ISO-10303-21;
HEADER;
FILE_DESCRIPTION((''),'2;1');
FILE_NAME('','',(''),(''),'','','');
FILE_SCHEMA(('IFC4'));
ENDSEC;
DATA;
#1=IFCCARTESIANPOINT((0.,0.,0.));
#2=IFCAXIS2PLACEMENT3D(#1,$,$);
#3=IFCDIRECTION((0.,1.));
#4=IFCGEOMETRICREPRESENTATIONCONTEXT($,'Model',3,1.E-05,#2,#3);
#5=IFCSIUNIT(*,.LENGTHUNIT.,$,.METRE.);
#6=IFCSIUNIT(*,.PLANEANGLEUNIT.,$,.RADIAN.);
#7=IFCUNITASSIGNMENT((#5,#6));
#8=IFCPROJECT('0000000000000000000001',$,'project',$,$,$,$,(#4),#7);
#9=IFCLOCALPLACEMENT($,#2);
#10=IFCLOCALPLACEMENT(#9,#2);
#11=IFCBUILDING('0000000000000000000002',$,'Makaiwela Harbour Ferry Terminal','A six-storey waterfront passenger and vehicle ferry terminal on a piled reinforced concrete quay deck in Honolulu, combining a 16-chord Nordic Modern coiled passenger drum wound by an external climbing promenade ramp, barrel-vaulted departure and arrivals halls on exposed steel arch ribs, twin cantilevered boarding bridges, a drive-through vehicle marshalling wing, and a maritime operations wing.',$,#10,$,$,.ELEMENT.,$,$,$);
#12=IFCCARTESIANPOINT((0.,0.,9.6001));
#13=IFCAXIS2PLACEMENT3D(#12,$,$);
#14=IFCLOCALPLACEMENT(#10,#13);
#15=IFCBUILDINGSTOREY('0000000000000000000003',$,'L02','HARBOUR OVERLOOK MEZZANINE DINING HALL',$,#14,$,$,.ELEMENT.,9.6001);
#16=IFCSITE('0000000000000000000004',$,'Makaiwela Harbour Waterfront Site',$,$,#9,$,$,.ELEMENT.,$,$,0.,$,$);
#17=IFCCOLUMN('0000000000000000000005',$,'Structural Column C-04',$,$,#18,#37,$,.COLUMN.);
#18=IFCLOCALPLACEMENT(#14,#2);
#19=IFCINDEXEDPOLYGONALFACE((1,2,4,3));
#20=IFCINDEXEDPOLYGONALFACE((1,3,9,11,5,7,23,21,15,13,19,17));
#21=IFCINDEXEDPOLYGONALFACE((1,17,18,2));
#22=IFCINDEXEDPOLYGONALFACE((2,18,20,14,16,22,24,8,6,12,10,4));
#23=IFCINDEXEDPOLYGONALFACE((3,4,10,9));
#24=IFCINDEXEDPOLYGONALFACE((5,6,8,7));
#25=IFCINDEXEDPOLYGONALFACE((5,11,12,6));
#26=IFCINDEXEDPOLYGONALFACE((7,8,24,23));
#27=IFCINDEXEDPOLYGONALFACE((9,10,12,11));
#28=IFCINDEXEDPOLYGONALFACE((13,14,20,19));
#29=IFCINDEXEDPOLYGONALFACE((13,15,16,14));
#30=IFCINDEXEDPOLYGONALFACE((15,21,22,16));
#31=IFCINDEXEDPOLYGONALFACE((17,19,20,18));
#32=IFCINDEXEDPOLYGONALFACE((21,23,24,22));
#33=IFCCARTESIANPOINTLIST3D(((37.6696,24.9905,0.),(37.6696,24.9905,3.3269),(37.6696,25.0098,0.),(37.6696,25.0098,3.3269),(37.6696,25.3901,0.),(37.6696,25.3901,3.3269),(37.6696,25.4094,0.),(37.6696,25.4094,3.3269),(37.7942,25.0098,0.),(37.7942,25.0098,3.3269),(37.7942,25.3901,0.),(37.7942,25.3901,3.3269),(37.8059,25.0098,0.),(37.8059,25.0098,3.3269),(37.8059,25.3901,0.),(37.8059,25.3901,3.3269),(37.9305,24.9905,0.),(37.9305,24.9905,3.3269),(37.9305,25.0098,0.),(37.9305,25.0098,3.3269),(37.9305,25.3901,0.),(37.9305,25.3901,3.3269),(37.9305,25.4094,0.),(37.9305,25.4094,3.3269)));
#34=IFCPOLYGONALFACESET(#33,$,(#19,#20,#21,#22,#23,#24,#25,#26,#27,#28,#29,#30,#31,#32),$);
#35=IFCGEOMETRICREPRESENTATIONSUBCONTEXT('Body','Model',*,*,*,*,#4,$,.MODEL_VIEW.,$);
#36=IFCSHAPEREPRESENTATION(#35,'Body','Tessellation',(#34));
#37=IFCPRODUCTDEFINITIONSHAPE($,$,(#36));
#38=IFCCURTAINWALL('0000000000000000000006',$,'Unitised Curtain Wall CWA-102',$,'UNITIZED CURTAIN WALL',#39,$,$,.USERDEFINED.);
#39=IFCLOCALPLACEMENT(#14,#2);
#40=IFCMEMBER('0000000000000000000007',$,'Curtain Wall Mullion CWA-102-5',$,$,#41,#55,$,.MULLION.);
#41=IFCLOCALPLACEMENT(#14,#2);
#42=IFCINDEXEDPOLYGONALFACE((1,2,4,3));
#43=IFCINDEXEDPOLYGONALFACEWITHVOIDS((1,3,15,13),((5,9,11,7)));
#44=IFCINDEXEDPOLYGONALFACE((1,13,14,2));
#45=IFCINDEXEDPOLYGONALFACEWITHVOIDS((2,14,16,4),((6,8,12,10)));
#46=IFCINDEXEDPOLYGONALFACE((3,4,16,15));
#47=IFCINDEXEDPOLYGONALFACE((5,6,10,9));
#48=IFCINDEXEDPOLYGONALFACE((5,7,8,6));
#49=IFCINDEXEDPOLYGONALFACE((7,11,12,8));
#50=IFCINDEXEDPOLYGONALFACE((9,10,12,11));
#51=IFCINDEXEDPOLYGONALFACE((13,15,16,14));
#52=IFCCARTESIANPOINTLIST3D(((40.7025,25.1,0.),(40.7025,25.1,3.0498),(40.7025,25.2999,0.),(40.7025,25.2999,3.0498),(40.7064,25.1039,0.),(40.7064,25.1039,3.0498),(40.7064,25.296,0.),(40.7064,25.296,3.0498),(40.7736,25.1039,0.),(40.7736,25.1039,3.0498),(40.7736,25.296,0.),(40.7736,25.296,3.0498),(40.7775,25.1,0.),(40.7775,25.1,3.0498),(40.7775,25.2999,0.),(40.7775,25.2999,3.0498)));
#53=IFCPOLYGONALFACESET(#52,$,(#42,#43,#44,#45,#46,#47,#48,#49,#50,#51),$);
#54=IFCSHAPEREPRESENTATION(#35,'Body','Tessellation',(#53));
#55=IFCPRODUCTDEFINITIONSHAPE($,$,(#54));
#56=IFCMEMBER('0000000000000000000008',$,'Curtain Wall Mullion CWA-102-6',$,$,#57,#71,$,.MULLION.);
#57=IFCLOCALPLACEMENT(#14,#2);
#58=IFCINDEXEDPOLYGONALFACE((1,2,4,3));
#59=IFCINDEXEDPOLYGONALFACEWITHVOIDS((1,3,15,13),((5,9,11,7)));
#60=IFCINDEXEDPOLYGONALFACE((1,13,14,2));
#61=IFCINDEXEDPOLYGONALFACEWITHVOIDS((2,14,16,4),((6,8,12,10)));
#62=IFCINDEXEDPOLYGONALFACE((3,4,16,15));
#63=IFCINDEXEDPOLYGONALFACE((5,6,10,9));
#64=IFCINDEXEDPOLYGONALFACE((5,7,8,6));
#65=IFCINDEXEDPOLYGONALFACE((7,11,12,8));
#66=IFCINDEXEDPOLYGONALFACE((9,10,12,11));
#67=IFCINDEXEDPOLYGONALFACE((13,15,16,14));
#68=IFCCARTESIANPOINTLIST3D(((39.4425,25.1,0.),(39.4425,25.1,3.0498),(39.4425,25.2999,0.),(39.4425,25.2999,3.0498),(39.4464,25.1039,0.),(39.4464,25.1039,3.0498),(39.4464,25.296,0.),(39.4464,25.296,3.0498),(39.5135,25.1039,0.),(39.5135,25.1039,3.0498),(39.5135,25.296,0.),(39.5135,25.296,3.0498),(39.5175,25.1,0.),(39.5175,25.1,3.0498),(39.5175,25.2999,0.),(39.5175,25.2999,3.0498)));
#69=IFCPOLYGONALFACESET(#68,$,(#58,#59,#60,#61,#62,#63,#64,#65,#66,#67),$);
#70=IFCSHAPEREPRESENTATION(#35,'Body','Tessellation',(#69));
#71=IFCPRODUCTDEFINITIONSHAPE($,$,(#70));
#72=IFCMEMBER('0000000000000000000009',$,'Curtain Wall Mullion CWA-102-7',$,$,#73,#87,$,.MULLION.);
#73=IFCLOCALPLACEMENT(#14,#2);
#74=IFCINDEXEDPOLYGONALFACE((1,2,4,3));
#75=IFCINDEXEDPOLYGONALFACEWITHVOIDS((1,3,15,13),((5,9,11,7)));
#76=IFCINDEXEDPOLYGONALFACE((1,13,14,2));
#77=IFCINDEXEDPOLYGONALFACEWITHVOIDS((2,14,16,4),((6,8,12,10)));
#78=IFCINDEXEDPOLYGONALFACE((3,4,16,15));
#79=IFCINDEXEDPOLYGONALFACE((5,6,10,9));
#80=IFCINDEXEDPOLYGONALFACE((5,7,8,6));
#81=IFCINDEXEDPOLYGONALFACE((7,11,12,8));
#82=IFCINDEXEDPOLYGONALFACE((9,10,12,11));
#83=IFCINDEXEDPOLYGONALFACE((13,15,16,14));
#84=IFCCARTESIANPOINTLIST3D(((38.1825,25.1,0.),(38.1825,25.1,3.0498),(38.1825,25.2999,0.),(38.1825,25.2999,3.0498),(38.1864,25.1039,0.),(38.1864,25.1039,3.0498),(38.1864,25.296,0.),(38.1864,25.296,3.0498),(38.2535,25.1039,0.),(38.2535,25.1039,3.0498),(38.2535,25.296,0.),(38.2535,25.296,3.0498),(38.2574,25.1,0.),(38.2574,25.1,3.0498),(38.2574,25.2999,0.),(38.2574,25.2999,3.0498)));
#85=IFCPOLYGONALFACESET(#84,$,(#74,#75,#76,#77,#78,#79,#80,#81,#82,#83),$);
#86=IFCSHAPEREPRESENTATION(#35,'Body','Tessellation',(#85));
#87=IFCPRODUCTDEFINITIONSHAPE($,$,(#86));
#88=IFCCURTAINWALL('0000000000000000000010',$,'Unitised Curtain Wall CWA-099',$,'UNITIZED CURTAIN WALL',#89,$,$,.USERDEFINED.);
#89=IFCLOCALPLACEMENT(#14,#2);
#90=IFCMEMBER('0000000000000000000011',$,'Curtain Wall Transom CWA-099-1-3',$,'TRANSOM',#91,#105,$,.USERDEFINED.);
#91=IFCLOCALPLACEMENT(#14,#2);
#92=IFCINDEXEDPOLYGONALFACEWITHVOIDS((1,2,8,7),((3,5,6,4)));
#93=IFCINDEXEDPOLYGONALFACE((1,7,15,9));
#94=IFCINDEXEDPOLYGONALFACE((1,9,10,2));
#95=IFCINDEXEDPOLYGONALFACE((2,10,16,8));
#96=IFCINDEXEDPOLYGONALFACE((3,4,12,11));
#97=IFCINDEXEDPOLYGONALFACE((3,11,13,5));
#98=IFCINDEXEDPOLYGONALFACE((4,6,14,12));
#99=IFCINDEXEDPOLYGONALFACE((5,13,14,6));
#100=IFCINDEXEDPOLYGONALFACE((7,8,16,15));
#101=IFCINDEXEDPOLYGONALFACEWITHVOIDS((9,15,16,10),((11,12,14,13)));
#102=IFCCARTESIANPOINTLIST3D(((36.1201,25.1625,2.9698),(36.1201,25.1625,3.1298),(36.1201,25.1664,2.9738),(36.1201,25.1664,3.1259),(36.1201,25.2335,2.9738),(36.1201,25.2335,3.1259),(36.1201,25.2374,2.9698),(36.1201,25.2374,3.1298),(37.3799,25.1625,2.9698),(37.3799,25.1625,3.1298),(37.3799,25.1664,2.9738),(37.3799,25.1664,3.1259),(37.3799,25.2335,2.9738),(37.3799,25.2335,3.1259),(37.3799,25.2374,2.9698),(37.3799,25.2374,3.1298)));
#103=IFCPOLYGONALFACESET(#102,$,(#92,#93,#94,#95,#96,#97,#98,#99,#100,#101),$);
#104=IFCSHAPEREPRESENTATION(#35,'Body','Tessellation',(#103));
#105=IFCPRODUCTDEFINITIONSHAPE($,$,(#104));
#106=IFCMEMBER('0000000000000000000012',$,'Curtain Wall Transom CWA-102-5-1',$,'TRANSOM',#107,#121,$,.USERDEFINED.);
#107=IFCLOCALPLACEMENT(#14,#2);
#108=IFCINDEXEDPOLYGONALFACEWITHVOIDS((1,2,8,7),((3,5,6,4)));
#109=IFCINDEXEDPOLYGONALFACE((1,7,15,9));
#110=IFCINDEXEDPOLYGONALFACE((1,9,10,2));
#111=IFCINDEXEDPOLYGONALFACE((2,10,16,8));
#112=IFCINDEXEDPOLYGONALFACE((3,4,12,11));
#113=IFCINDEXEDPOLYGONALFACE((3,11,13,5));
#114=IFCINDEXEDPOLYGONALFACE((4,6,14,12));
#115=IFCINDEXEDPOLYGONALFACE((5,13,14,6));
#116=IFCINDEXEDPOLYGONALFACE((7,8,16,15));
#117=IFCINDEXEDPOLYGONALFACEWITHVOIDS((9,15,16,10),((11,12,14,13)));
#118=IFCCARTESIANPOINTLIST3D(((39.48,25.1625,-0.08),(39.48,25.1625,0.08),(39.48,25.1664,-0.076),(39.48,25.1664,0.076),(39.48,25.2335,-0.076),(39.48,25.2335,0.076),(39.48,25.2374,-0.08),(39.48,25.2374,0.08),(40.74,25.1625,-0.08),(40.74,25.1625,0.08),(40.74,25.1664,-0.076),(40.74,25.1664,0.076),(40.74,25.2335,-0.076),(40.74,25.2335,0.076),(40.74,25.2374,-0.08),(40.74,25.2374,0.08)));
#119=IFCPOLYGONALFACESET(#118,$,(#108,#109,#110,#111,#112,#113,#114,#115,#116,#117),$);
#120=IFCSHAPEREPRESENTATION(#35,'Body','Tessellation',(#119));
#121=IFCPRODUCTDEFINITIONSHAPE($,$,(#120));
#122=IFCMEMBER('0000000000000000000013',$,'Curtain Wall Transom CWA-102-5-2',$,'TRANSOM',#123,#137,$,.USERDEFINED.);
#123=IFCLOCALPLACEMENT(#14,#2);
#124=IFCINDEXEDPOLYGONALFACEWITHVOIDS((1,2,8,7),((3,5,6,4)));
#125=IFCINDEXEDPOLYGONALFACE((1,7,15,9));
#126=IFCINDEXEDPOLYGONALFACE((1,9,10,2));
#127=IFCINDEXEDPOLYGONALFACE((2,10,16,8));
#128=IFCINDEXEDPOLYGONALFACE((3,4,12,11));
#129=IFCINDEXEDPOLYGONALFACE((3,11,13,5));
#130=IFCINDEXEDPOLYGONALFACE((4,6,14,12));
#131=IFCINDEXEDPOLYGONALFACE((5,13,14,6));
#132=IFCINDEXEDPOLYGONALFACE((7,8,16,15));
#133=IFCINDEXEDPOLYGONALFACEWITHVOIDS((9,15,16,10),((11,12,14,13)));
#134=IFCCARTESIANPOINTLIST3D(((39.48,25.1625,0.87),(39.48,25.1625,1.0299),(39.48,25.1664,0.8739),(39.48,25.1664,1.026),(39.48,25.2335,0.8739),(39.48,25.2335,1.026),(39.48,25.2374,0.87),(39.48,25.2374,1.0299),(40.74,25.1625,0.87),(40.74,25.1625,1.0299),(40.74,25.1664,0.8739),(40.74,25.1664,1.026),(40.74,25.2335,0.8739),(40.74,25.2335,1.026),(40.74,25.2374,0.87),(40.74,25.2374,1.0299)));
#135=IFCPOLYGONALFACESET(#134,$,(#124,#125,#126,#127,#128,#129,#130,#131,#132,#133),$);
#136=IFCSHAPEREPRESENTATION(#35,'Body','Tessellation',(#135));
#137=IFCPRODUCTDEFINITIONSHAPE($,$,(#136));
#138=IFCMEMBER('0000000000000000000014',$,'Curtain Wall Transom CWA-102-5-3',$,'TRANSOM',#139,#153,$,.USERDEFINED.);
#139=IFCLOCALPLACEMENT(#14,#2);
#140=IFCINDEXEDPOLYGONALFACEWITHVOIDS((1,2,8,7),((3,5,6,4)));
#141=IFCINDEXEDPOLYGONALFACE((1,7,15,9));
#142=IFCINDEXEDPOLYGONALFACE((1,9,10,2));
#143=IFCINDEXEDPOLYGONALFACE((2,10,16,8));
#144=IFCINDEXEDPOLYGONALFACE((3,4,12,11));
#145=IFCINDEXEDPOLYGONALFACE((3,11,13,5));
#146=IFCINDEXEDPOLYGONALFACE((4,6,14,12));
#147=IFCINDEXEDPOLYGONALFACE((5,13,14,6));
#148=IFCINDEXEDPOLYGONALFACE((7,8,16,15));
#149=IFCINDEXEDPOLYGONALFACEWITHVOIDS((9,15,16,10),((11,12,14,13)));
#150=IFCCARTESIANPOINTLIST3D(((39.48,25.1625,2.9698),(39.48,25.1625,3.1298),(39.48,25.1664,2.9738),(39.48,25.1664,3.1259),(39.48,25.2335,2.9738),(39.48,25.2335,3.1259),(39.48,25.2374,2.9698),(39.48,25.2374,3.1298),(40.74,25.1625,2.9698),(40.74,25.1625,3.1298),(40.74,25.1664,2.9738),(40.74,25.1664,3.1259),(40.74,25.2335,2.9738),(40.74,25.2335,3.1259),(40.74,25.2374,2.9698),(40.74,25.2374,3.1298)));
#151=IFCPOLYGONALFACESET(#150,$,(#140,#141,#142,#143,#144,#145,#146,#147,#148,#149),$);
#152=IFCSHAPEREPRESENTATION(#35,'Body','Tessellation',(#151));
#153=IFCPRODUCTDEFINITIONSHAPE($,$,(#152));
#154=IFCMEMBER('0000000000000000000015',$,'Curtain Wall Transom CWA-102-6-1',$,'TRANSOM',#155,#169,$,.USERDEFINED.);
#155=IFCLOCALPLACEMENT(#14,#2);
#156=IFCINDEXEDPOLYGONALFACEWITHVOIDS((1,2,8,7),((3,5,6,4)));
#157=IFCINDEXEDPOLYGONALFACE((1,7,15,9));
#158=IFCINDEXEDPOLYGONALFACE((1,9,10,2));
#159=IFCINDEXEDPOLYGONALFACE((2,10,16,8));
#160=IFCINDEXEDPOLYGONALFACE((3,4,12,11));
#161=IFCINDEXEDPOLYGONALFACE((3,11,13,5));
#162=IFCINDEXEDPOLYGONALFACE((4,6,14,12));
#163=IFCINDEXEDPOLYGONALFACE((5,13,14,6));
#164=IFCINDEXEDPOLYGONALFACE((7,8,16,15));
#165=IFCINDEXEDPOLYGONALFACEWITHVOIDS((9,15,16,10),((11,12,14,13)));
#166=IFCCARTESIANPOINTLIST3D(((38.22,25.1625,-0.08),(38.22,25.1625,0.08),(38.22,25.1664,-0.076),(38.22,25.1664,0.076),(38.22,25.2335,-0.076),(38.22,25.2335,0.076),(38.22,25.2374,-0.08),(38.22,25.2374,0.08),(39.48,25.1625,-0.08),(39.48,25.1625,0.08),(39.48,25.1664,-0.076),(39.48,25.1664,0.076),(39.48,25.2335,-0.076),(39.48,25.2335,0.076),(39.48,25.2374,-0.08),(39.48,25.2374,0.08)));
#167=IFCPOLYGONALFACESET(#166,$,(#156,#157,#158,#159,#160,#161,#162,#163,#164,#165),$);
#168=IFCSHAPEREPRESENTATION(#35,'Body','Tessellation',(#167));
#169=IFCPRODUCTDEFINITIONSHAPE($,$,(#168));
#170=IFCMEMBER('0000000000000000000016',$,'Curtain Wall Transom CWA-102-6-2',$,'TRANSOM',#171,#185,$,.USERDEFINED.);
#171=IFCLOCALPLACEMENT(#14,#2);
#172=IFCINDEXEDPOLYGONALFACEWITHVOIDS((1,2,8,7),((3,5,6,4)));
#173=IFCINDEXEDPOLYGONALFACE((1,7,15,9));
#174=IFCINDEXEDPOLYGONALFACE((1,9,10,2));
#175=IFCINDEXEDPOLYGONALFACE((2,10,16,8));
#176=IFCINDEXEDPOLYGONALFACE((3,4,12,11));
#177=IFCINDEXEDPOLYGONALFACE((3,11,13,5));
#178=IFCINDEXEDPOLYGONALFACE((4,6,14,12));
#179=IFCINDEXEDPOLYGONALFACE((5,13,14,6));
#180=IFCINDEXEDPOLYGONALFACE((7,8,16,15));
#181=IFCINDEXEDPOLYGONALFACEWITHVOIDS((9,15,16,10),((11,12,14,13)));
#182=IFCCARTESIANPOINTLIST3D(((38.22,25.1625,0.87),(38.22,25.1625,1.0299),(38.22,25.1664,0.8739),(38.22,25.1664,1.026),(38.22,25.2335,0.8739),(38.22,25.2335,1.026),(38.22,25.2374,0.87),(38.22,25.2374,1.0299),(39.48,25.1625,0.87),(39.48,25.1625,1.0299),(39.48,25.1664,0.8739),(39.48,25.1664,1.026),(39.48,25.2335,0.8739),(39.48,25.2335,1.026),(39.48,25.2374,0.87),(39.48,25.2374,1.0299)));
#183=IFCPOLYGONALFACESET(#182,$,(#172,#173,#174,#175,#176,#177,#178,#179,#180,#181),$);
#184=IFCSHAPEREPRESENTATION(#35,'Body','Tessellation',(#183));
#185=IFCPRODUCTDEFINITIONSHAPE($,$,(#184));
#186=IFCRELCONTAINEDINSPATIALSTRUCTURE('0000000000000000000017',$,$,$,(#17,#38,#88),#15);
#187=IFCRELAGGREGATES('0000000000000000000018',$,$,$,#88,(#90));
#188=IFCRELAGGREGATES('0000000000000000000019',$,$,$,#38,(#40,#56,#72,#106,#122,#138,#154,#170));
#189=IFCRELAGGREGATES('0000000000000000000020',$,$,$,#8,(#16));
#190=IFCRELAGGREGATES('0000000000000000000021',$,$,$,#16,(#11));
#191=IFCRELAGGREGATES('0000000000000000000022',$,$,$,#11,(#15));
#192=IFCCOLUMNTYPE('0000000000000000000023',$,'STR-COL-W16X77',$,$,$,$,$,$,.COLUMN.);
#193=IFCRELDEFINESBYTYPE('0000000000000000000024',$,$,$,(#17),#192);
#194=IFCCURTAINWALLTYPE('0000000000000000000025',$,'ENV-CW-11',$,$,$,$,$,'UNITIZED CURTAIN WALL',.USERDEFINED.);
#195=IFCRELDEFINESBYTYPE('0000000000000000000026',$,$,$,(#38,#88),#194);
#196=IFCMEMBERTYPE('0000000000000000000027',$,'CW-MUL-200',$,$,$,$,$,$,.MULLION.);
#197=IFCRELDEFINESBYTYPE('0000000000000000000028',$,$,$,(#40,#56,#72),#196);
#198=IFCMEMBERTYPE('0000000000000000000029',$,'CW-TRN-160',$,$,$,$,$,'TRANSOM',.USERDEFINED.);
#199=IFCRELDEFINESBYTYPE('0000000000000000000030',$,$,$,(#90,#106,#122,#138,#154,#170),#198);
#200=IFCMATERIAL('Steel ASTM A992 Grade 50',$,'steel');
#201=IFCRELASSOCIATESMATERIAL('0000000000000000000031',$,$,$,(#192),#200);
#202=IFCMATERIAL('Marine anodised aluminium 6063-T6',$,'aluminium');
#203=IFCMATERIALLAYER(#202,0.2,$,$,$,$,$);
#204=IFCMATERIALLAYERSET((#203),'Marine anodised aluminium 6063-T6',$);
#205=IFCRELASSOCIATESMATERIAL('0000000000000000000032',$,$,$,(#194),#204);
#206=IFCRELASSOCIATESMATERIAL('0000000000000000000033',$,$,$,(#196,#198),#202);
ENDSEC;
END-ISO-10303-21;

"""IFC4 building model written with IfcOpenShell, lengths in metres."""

from ifc_helpers import new_model, si_unit, direction, frame, origin, origin_2d, place, context, subcontext, project, spatial, hollow_rectangle, i_section, extrude, material, layer, layer_set, material_profile, profile_set, type_object, element, aggregate, save


model = new_model("IFC4")

# Units and contexts
model_context = context("Model", 3, precision=1e-05, world=origin(), true_north=direction((0.0, 1.0)))
body_context = subcontext(model_context, "Body", "Model", "MODEL_VIEW")
ifc_project = project(units=[si_unit("LENGTHUNIT", "METRE"), si_unit("PLANEANGLEUNIT", "RADIAN")], contexts=[model_context])

# Site, building, storey
site_placement = place(None, origin())
site = spatial("IfcSite", under=ifc_project, at=site_placement, Name="Makaiwela Harbour Waterfront Site", CompositionType="ELEMENT", RefElevation=0.0)
building_placement = place(site_placement, origin())
building = spatial("IfcBuilding", under=site, at=building_placement, Name="Makaiwela Harbour Ferry Terminal", Description="A six-storey waterfront passenger and vehicle ferry terminal on a piled reinforced concrete quay deck in Honolulu, combining a 16-chord Nordic Modern coiled passenger drum wound by an external climbing promenade ramp, barrel-vaulted departure and arrivals halls on exposed steel arch ribs, twin cantilevered boarding bridges, a drive-through vehicle marshalling wing, and a maritime operations wing.", CompositionType="ELEMENT")
storey_placement = place(building_placement, frame((0.0, 0.0, 9.6001)))
storey = spatial("IfcBuildingStorey", under=building, at=storey_placement, Name="L02", Description="HARBOUR OVERLOOK MEZZANINE DINING HALL", CompositionType="ELEMENT", Elevation=9.6001)

# Column
ifc_material_1 = material(Name="Steel ASTM A992 Grade 50", Category="steel")
ifc_material_profile_1 = material_profile(ifc_material_1, i_section(OverallWidth=0.261, OverallDepth=0.4189, WebThickness=0.0117, FlangeThickness=0.0193, at=origin_2d()), Name="W16X77")
ifc_profile_set_1 = profile_set([ifc_material_profile_1], Name="Steel ASTM A992 Grade 50")
column_type = type_object("IfcColumnType", Name="STR-COL-W16X77", PredefinedType="COLUMN", material=ifc_profile_set_1)
column_placement = place(storey_placement, frame((37.8, 25.2, 0.0), z_axis=(0.0, 0.0, 1.0), x_axis=(1.0, 0.0, 0.0)))
element("IfcColumn", 1, at=column_placement, inside=storey, type_object=column_type, Name="Structural Column C-04", PredefinedType="COLUMN", context=body_context, shape_type="SweptSolid", body=[
    extrude(i_section(OverallWidth=0.261, OverallDepth=0.4189, WebThickness=0.0117, FlangeThickness=0.0193, at=origin_2d()), origin(), (0.0, 0.0, 1.0), 3.3269),
])

# Curtain wall, members
ifc_material_2 = material(Name="Marine anodised aluminium 6063-T6", Category="aluminium")
ifc_layer_1 = layer(ifc_material_2, 0.2)
ifc_layer_set_1 = layer_set([ifc_layer_1], Name="Marine anodised aluminium 6063-T6")
curtain_wall_type = type_object("IfcCurtainWallType", Name="ENV-CW-11", ElementType="UNITIZED CURTAIN WALL", PredefinedType="USERDEFINED", material=ifc_layer_set_1)
curtain_wall_1_placement = place(storey_placement, origin())
curtain_wall_1 = element("IfcCurtainWall", 2, at=curtain_wall_1_placement, inside=storey, type_object=curtain_wall_type, Name="Unitised Curtain Wall CWA-102", ObjectType="UNITIZED CURTAIN WALL", PredefinedType="USERDEFINED")
ifc_material_profile_2 = material_profile(ifc_material_2, hollow_rectangle(XDim=0.075, YDim=0.2, WallThickness=0.0039, at=origin_2d()), Name="CWM-200X75")
ifc_profile_set_2 = profile_set([ifc_material_profile_2], Name="Marine anodised aluminium 6063-T6")
member_type_1 = type_object("IfcMemberType", Name="CW-MUL-200", PredefinedType="MULLION", material=ifc_profile_set_2)
member_1_placement = place(storey_placement, frame((40.74, 25.2, 0.0), z_axis=(0.0, 0.0, 1.0), x_axis=(1.0, 0.0, 0.0)))
member_1 = element("IfcMember", 3, at=member_1_placement, type_object=member_type_1, Name="Curtain Wall Mullion CWA-102-5", PredefinedType="MULLION", context=body_context, shape_type="SweptSolid", body=[
    extrude(hollow_rectangle(XDim=0.075, YDim=0.2, WallThickness=0.0039, at=origin_2d()), origin(), (0.0, 0.0, 1.0), 3.0498),
])
member_2_placement = place(storey_placement, frame((39.48, 25.2, 0.0), z_axis=(0.0, 0.0, 1.0), x_axis=(1.0, 0.0, 0.0)))
member_2 = element("IfcMember", 4, at=member_2_placement, type_object=member_type_1, Name="Curtain Wall Mullion CWA-102-6", PredefinedType="MULLION", context=body_context, shape_type="SweptSolid", body=[
    extrude(hollow_rectangle(XDim=0.075, YDim=0.2, WallThickness=0.0039, at=origin_2d()), origin(), (0.0, 0.0, 1.0), 3.0498),
])
member_3_placement = place(storey_placement, frame((38.22, 25.2, 0.0), z_axis=(0.0, 0.0, 1.0), x_axis=(1.0, 0.0, 0.0)))
member_3 = element("IfcMember", 5, at=member_3_placement, type_object=member_type_1, Name="Curtain Wall Mullion CWA-102-7", PredefinedType="MULLION", context=body_context, shape_type="SweptSolid", body=[
    extrude(hollow_rectangle(XDim=0.075, YDim=0.2, WallThickness=0.0039, at=origin_2d()), origin(), (0.0, 0.0, 1.0), 3.0498),
])

# Curtain wall, member
curtain_wall_2_placement = place(storey_placement, origin())
curtain_wall_2 = element("IfcCurtainWall", 6, at=curtain_wall_2_placement, inside=storey, type_object=curtain_wall_type, Name="Unitised Curtain Wall CWA-099", ObjectType="UNITIZED CURTAIN WALL", PredefinedType="USERDEFINED")
ifc_material_profile_3 = material_profile(ifc_material_2, hollow_rectangle(XDim=0.075, YDim=0.1599, WallThickness=0.0039, at=origin_2d()), Name="CWT-160X75")
ifc_profile_set_3 = profile_set([ifc_material_profile_3], Name="Marine anodised aluminium 6063-T6")
member_type_2 = type_object("IfcMemberType", Name="CW-TRN-160", ElementType="TRANSOM", PredefinedType="USERDEFINED", material=ifc_profile_set_3)
member_4_placement = place(storey_placement, frame((37.3799, 25.2, 3.0498), z_axis=(-1.0, 0.0, 0.0), x_axis=(0.0, -1.0, 0.0)))
member_4 = element("IfcMember", 7, at=member_4_placement, type_object=member_type_2, Name="Curtain Wall Transom CWA-099-1-3", ObjectType="TRANSOM", PredefinedType="USERDEFINED", context=body_context, shape_type="SweptSolid", body=[
    extrude(hollow_rectangle(XDim=0.075, YDim=0.1599, WallThickness=0.0039, at=origin_2d()), origin(), (0.0, 0.0, 1.0), 1.2598),
])
aggregate(curtain_wall_2, [member_4])

# Members
member_5_placement = place(storey_placement, frame((40.74, 25.2, 0.0), z_axis=(-1.0, 0.0, 0.0), x_axis=(0.0, -1.0, 0.0)))
member_5 = element("IfcMember", 8, at=member_5_placement, type_object=member_type_2, Name="Curtain Wall Transom CWA-102-5-1", ObjectType="TRANSOM", PredefinedType="USERDEFINED", context=body_context, shape_type="SweptSolid", body=[
    extrude(hollow_rectangle(XDim=0.075, YDim=0.1599, WallThickness=0.0039, at=origin_2d()), origin(), (0.0, 0.0, 1.0), 1.26),
])
member_6_placement = place(storey_placement, frame((40.74, 25.2, 0.95), z_axis=(-1.0, 0.0, 0.0), x_axis=(0.0, -1.0, 0.0)))
member_6 = element("IfcMember", 9, at=member_6_placement, type_object=member_type_2, Name="Curtain Wall Transom CWA-102-5-2", ObjectType="TRANSOM", PredefinedType="USERDEFINED", context=body_context, shape_type="SweptSolid", body=[
    extrude(hollow_rectangle(XDim=0.075, YDim=0.1599, WallThickness=0.0039, at=origin_2d()), origin(), (0.0, 0.0, 1.0), 1.26),
])
member_7_placement = place(storey_placement, frame((40.74, 25.2, 3.0498), z_axis=(-1.0, 0.0, 0.0), x_axis=(0.0, -1.0, 0.0)))
member_7 = element("IfcMember", 10, at=member_7_placement, type_object=member_type_2, Name="Curtain Wall Transom CWA-102-5-3", ObjectType="TRANSOM", PredefinedType="USERDEFINED", context=body_context, shape_type="SweptSolid", body=[
    extrude(hollow_rectangle(XDim=0.075, YDim=0.1599, WallThickness=0.0039, at=origin_2d()), origin(), (0.0, 0.0, 1.0), 1.26),
])
member_8_placement = place(storey_placement, frame((39.48, 25.2, 0.0), z_axis=(-1.0, 0.0, 0.0), x_axis=(0.0, -1.0, 0.0)))
member_8 = element("IfcMember", 11, at=member_8_placement, type_object=member_type_2, Name="Curtain Wall Transom CWA-102-6-1", ObjectType="TRANSOM", PredefinedType="USERDEFINED", context=body_context, shape_type="SweptSolid", body=[
    extrude(hollow_rectangle(XDim=0.075, YDim=0.1599, WallThickness=0.0039, at=origin_2d()), origin(), (0.0, 0.0, 1.0), 1.26),
])
member_9_placement = place(storey_placement, frame((39.48, 25.2, 0.95), z_axis=(-1.0, 0.0, 0.0), x_axis=(0.0, -1.0, 0.0)))
member_9 = element("IfcMember", 12, at=member_9_placement, type_object=member_type_2, Name="Curtain Wall Transom CWA-102-6-2", ObjectType="TRANSOM", PredefinedType="USERDEFINED", context=body_context, shape_type="SweptSolid", body=[
    extrude(hollow_rectangle(XDim=0.075, YDim=0.1599, WallThickness=0.0039, at=origin_2d()), origin(), (0.0, 0.0, 1.0), 1.26),
])

aggregate(curtain_wall_1, [member_1, member_2, member_3, member_5, member_6, member_7, member_8, member_9])

save(model, "model.ifc")
